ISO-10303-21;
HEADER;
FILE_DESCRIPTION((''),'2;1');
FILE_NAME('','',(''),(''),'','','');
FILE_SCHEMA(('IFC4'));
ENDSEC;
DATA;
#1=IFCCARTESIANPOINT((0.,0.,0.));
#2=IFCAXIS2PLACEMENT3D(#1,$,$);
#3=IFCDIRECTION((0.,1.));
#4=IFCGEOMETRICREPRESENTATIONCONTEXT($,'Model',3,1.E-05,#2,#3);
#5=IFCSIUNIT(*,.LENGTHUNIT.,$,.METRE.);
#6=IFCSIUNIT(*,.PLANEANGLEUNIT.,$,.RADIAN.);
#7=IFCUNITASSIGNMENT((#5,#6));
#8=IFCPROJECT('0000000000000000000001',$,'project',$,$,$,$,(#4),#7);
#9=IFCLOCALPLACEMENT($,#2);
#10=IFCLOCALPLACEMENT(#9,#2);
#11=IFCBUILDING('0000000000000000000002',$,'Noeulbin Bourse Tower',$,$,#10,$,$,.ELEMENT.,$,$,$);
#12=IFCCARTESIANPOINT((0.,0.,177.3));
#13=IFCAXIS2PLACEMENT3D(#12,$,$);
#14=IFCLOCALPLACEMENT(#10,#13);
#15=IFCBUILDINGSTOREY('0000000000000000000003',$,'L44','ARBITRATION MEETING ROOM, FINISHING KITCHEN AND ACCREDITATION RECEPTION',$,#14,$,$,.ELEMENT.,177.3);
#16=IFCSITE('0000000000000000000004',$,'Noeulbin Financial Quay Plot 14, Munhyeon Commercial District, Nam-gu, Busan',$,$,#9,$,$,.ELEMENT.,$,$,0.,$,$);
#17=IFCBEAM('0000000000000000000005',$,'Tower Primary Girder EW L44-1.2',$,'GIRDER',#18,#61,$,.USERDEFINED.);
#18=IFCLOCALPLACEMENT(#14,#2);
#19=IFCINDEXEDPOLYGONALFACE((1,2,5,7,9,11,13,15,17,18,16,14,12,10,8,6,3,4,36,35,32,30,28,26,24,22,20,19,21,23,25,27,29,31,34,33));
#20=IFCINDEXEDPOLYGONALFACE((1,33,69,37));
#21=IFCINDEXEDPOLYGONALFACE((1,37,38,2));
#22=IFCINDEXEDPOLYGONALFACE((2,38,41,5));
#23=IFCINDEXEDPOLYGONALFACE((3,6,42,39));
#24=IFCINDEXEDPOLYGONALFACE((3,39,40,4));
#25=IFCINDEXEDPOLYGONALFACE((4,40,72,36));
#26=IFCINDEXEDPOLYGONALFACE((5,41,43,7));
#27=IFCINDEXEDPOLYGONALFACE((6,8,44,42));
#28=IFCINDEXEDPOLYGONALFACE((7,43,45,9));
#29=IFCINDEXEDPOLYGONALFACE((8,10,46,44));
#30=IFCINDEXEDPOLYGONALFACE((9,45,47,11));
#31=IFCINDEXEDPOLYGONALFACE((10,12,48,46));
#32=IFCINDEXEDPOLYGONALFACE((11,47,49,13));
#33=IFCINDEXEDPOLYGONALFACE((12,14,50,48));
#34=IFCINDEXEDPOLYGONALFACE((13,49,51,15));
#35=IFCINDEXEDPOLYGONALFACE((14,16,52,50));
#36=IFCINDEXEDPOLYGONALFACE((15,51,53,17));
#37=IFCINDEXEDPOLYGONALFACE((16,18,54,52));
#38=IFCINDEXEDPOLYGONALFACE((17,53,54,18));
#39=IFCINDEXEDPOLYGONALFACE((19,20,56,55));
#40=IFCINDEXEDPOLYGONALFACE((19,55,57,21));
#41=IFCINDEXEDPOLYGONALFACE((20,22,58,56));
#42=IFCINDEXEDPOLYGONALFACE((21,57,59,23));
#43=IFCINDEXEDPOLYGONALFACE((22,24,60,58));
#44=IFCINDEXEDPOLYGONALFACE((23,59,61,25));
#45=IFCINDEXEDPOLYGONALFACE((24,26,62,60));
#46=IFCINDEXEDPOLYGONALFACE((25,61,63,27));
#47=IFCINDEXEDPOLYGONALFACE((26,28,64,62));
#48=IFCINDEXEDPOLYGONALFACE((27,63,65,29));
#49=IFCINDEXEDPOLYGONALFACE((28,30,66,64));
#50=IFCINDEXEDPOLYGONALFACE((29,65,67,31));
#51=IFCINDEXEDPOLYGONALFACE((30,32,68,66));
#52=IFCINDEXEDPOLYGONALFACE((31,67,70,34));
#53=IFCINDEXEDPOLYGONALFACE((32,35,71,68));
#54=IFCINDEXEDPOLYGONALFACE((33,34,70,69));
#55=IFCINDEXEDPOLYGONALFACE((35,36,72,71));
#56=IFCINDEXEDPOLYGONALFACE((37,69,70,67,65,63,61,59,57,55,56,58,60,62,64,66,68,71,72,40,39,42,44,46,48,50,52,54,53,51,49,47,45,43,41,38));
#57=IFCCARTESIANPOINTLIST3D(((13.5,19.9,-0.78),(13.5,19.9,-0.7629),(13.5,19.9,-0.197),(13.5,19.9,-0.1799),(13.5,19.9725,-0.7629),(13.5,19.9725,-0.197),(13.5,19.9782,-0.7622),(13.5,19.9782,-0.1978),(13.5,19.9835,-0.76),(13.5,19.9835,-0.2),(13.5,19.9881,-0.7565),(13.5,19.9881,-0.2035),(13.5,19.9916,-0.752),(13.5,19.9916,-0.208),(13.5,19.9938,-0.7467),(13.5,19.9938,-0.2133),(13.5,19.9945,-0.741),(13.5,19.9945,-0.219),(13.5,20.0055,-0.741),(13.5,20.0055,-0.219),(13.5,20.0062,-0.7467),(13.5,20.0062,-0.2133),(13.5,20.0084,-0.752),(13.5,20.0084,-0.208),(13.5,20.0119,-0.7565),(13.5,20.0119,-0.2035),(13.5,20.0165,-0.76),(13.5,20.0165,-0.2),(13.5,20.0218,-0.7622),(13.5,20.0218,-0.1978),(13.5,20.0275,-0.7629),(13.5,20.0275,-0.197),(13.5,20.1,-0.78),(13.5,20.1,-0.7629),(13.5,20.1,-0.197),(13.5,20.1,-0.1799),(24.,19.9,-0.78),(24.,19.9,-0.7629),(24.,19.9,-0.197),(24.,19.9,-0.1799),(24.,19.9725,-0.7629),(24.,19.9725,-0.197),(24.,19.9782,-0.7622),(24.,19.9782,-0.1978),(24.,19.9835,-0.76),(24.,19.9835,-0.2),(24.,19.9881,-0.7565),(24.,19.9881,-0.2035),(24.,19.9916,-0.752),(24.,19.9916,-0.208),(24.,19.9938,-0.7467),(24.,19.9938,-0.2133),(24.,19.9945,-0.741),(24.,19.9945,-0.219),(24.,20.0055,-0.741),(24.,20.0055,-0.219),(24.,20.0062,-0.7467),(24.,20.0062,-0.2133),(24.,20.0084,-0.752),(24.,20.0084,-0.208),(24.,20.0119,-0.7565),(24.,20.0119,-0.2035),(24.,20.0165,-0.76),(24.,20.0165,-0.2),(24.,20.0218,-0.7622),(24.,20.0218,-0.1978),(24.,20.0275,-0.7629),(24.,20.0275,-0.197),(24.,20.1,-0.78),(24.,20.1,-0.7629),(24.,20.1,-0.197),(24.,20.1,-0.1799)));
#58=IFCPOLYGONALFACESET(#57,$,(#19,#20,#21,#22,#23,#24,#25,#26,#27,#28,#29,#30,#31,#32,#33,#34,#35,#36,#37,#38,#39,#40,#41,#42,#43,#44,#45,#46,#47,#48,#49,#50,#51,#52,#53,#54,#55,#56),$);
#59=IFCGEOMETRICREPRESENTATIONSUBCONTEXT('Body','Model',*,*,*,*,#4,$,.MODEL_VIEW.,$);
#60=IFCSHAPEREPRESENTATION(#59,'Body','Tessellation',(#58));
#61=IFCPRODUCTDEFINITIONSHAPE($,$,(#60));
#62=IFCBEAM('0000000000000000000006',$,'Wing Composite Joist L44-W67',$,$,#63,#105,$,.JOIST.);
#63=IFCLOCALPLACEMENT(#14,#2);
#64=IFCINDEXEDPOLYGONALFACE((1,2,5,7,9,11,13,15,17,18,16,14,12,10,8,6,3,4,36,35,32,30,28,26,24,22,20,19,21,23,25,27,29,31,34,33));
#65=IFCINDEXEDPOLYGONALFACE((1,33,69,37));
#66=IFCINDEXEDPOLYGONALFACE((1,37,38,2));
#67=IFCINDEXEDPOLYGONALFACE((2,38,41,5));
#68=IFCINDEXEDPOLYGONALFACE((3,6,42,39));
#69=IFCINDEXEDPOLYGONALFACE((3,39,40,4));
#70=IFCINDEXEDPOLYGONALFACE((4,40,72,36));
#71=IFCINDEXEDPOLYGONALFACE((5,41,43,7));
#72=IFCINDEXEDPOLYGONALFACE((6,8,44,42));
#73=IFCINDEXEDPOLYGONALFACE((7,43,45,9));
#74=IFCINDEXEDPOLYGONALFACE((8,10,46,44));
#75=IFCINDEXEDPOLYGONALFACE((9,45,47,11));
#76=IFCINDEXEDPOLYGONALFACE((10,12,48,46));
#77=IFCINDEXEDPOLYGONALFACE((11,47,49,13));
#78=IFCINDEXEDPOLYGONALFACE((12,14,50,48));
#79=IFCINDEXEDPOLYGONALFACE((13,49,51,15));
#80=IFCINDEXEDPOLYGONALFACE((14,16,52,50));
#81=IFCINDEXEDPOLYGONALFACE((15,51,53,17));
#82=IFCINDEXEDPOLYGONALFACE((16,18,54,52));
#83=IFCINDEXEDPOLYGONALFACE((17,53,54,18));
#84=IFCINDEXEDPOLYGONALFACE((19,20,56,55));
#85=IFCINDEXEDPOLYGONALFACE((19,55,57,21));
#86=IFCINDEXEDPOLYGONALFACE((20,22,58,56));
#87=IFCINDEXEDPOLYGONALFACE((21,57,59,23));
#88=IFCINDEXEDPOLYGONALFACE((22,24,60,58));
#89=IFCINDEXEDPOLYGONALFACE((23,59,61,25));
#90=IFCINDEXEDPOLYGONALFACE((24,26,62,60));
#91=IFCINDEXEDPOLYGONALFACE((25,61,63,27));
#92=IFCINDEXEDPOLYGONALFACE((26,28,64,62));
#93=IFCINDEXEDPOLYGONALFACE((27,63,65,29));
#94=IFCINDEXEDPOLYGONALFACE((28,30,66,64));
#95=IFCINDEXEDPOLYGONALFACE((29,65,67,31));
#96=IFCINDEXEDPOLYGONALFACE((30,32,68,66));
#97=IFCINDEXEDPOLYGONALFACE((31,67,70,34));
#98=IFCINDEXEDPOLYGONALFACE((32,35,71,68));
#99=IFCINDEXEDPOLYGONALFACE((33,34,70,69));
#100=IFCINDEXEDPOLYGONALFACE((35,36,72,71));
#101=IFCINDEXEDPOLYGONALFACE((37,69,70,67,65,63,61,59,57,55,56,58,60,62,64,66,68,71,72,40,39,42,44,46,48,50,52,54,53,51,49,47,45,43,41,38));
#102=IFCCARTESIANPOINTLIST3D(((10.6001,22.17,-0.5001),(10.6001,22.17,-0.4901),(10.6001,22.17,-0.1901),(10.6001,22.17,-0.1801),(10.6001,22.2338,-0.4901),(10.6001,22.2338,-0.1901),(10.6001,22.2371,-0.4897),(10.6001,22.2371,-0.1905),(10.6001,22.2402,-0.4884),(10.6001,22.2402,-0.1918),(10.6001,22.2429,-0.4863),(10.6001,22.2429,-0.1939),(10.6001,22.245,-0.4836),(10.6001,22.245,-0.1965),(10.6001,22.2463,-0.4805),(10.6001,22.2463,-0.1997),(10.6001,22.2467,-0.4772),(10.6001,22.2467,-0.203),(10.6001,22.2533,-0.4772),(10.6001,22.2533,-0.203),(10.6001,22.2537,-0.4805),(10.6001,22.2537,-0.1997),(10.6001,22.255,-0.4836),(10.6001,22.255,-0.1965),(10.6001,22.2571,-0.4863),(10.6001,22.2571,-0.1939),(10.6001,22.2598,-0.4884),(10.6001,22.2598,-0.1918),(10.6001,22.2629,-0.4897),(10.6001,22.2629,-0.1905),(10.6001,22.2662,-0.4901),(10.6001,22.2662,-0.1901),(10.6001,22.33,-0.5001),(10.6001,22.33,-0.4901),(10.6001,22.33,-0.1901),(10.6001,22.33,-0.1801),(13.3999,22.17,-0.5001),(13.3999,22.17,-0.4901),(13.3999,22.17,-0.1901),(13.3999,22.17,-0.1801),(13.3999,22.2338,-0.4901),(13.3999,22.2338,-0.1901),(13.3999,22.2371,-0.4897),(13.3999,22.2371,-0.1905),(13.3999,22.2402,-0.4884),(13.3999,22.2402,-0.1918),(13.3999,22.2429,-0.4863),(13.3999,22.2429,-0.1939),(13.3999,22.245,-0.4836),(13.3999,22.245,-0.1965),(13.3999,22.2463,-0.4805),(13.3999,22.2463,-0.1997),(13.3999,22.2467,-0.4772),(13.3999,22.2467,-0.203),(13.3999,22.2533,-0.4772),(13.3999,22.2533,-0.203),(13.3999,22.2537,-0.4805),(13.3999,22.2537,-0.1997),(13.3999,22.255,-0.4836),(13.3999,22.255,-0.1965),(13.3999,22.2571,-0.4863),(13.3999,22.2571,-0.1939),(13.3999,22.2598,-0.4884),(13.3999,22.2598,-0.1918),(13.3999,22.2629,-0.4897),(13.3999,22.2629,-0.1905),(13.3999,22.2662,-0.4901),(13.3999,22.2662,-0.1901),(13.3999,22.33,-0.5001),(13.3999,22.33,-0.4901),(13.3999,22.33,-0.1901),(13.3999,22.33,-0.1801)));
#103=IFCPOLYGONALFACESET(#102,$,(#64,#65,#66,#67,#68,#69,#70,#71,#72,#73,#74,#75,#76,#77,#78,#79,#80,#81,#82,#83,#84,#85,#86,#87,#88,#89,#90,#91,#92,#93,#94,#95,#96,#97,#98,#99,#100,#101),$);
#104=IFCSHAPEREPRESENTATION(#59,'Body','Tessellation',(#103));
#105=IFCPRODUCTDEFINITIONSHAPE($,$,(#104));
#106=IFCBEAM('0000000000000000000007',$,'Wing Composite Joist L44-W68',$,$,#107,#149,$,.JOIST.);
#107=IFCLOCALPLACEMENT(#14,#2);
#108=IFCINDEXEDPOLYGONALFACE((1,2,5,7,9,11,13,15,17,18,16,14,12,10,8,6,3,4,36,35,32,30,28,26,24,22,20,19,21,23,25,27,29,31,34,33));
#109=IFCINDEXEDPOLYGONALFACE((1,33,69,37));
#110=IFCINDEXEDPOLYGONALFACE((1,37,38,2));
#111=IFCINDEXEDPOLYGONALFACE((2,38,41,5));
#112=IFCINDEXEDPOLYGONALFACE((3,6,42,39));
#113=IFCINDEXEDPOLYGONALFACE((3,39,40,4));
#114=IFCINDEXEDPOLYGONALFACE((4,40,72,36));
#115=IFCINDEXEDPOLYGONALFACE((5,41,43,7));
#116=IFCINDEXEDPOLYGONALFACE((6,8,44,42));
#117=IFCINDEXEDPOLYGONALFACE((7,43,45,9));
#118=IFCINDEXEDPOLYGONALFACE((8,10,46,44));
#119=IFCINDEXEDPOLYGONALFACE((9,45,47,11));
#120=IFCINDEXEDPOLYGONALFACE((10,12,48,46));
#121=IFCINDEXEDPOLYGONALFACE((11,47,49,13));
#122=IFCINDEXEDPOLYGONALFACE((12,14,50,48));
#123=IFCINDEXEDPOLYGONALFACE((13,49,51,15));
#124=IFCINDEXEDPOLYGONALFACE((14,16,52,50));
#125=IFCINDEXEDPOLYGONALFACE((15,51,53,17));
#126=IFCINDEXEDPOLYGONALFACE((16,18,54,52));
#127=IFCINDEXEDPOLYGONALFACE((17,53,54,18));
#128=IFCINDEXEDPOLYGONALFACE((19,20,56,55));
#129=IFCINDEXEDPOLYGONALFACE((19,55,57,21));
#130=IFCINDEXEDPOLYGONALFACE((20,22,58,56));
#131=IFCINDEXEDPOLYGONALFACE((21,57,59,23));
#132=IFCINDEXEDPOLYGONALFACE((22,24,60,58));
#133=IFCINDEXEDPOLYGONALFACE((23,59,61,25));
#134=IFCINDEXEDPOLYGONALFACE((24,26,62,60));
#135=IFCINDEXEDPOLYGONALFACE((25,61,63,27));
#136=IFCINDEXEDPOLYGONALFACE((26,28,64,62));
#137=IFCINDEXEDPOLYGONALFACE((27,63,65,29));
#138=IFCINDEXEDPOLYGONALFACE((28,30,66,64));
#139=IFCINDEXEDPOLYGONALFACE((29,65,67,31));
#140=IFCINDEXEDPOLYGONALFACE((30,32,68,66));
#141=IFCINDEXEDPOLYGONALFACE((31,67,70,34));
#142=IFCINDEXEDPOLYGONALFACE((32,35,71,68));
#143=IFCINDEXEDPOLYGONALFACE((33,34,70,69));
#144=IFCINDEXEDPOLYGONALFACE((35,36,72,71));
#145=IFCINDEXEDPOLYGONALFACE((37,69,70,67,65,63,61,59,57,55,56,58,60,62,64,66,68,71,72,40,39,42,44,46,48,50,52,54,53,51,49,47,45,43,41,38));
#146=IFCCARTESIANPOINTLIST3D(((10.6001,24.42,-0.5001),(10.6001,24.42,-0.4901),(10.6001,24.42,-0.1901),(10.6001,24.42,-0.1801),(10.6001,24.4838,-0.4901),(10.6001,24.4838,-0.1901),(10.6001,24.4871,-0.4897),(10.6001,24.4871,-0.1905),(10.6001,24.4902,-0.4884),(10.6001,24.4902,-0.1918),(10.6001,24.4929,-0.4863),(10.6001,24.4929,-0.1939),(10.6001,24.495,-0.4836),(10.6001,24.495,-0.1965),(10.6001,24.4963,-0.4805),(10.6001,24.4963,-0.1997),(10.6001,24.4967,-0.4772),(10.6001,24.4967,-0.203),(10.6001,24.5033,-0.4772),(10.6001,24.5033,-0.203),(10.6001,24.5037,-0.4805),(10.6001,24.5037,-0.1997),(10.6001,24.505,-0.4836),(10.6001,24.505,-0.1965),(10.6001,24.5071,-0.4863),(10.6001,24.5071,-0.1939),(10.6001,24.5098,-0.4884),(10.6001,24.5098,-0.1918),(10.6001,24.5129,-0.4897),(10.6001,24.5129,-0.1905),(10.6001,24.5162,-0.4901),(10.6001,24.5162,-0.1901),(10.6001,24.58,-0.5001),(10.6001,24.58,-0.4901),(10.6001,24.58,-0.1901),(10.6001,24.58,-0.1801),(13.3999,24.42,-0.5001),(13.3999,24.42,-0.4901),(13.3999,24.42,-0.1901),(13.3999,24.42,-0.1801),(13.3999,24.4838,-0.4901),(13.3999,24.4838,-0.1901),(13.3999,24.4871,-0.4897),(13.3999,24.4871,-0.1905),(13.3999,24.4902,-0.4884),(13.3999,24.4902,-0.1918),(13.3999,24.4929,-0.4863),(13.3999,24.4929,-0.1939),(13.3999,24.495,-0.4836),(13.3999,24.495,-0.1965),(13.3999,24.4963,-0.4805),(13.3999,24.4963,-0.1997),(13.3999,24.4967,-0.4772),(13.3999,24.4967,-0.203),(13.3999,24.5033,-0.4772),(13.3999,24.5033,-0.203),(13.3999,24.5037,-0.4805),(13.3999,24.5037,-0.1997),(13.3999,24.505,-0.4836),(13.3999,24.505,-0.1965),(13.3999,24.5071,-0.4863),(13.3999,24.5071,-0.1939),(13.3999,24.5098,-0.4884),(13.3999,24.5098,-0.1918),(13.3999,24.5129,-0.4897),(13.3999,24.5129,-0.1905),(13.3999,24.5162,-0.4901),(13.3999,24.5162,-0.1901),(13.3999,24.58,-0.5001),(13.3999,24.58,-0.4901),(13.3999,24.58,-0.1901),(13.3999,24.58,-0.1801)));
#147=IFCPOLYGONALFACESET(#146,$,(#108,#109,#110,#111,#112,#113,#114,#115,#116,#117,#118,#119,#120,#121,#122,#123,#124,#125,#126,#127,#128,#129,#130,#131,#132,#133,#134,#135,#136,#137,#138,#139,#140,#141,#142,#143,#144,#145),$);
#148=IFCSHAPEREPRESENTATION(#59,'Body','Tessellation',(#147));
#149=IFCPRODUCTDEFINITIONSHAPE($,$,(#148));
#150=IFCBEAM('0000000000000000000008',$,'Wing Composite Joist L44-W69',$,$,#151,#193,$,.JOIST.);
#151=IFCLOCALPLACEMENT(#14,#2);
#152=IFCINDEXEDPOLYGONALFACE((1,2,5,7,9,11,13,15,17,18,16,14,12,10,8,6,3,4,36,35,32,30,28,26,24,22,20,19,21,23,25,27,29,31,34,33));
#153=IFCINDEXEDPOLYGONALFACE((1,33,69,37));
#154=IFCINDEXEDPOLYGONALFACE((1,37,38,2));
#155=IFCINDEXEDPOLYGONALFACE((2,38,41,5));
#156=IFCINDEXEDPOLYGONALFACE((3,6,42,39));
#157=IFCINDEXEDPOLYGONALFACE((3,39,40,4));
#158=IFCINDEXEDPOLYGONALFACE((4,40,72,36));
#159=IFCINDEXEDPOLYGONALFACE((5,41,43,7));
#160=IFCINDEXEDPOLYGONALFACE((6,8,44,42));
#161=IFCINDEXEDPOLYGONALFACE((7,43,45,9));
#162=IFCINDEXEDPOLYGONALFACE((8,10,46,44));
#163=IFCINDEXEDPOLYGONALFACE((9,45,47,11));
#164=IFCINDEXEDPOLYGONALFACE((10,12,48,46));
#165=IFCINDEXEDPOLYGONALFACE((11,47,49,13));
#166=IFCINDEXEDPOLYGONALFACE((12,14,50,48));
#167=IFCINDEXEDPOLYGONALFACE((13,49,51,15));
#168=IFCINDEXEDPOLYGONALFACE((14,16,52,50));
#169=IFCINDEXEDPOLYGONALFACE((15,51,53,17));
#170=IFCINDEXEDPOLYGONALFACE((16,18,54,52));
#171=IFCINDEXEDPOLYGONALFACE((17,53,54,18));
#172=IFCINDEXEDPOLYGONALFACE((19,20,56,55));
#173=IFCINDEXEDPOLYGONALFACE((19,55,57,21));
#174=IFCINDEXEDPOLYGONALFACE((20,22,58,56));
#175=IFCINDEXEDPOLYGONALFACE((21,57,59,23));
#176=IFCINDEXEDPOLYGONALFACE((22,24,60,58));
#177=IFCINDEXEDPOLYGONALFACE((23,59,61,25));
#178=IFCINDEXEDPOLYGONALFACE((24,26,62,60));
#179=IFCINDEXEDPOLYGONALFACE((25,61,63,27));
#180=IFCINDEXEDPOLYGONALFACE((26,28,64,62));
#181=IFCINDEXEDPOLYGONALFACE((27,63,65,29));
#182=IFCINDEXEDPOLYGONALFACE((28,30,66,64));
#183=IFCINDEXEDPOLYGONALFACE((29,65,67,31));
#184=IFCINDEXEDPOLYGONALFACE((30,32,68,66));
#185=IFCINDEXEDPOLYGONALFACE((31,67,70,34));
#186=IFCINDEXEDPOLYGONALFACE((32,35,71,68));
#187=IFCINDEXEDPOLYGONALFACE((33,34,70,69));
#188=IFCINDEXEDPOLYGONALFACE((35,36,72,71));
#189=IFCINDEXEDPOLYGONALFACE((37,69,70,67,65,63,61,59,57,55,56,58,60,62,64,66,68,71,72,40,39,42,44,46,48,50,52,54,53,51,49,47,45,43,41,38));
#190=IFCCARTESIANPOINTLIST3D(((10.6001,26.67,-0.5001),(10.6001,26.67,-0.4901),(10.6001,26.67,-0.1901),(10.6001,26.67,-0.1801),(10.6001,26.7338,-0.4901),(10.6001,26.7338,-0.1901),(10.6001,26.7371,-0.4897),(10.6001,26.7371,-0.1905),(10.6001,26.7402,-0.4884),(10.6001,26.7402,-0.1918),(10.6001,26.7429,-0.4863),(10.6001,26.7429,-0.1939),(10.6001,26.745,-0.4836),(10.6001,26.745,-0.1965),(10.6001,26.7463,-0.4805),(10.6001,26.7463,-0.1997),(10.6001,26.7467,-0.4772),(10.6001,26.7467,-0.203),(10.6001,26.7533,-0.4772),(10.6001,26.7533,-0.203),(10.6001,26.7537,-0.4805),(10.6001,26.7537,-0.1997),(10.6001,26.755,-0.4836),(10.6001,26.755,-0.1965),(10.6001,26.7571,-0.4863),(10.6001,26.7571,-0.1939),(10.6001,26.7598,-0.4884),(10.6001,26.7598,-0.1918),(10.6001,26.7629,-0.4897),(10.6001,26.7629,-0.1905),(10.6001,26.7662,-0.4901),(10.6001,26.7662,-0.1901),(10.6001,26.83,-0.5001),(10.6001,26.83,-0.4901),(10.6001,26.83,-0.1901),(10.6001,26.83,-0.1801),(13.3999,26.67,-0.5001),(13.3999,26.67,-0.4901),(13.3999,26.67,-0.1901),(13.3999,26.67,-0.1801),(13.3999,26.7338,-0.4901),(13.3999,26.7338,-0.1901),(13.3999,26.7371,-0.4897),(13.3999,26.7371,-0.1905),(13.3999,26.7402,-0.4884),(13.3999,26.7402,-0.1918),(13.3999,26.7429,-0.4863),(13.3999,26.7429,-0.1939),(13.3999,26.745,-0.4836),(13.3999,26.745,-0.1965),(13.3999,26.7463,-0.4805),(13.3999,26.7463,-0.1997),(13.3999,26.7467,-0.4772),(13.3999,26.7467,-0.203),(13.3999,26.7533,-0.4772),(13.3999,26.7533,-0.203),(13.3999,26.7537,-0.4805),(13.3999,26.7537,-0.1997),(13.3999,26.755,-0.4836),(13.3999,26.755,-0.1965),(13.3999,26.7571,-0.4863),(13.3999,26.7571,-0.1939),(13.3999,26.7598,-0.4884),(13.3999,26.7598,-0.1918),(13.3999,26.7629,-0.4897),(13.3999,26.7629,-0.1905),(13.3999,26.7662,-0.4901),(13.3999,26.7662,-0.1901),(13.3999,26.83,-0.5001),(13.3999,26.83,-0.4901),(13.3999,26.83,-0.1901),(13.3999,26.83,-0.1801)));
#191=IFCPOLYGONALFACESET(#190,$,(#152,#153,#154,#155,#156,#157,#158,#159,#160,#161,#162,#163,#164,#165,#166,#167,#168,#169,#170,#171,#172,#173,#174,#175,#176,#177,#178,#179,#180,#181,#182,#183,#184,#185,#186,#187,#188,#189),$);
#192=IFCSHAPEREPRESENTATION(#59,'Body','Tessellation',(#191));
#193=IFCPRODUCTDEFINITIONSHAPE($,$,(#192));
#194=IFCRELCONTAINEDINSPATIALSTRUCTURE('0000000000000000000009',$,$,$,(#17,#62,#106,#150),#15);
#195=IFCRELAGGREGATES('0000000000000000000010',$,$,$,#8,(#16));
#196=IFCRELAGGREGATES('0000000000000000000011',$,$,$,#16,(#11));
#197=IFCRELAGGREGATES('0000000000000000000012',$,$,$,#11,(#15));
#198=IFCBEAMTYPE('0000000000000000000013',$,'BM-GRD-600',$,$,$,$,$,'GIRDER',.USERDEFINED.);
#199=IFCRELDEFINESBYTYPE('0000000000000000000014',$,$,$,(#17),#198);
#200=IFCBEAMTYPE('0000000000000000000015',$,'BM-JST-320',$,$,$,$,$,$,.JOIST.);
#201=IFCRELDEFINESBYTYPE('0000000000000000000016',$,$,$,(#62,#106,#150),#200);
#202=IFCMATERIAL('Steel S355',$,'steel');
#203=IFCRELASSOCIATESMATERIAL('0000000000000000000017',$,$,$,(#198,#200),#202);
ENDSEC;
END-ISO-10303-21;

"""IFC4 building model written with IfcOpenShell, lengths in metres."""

from ifc_helpers import new_model, si_unit, direction, frame, origin, origin_2d, place, context, subcontext, project, spatial, i_section, extrude, material, material_profile, profile_set, type_object, element, save


model = new_model("IFC4")

# Units and contexts
model_context = context("Model", 3, precision=1e-05, world=origin(), true_north=direction((0.0, 1.0)))
body_context = subcontext(model_context, "Body", "Model", "MODEL_VIEW")
ifc_project = project(units=[si_unit("LENGTHUNIT", "METRE"), si_unit("PLANEANGLEUNIT", "RADIAN")], contexts=[model_context])

# Site, building, storey
site_placement = place(None, origin())
site = spatial("IfcSite", under=ifc_project, at=site_placement, Name="Noeulbin Financial Quay Plot 14, Munhyeon Commercial District, Nam-gu, Busan", CompositionType="ELEMENT", RefElevation=0.0)
building_placement = place(site_placement, origin())
building = spatial("IfcBuilding", under=site, at=building_placement, Name="Noeulbin Bourse Tower", CompositionType="ELEMENT")
storey_placement = place(building_placement, frame((0.0, 0.0, 177.3)))
storey = spatial("IfcBuildingStorey", under=building, at=storey_placement, Name="L44", Description="ARBITRATION MEETING ROOM, FINISHING KITCHEN AND ACCREDITATION RECEPTION", CompositionType="ELEMENT", Elevation=177.3)

# Shared definitions
ifc_material_1 = material(Name="Steel S355", Category="steel")

# Beams
ifc_material_profile_1 = material_profile(ifc_material_1, i_section(OverallWidth=0.2, OverallDepth=0.6001, WebThickness=0.011, FlangeThickness=0.0171, FilletRadius=0.022, at=origin_2d()), Name="H-600x200x11x17", Category="LoadBearing")
ifc_profile_set_1 = profile_set([ifc_material_profile_1], Name="Steel S355")
beam_type_1 = type_object("IfcBeamType", Name="BM-GRD-600", ElementType="GIRDER", PredefinedType="USERDEFINED", material=ifc_profile_set_1)
beam_1_placement = place(storey_placement, frame((13.5, 20.0, -0.48), z_axis=(1.0, 0.0, 0.0), x_axis=(0.0, 1.0, 0.0)))
element("IfcBeam", 1, at=beam_1_placement, inside=storey, type_object=beam_type_1, Name="Tower Primary Girder EW L44-1.2", ObjectType="GIRDER", PredefinedType="USERDEFINED", context=body_context, shape_type="SweptSolid", body=[
    extrude(i_section(OverallWidth=0.2, OverallDepth=0.6001, WebThickness=0.011, FlangeThickness=0.0171, FilletRadius=0.022, at=origin_2d()), origin(), (0.0, 0.0, 1.0), 10.5),
])
ifc_material_profile_2 = material_profile(ifc_material_1, i_section(OverallWidth=0.1599, OverallDepth=0.3201, WebThickness=0.0066, FlangeThickness=0.01, FilletRadius=0.0129, at=origin_2d()), Name="H-320x160x6.5x10", Category="LoadBearing")
ifc_profile_set_2 = profile_set([ifc_material_profile_2], Name="Steel S355")
beam_type_2 = type_object("IfcBeamType", Name="BM-JST-320", PredefinedType="JOIST", material=ifc_profile_set_2)
for number, where, z_axis, x_axis, name in (
    (2, (10.6001, 22.25, -0.3401), (1.0, 0.0, 0.0), (0.0, 1.0, 0.0), "Wing Composite Joist L44-W67"),
    (3, (10.6001, 24.5, -0.3401), (1.0, 0.0, 0.0), (0.0, 1.0, 0.0), "Wing Composite Joist L44-W68"),
    (4, (10.6001, 26.75, -0.3401), (1.0, 0.0, 0.0), (0.0, 1.0, 0.0), "Wing Composite Joist L44-W69"),
):
    element("IfcBeam", number, at=place(storey_placement, frame(where, z_axis=z_axis, x_axis=x_axis)), inside=storey, type_object=beam_type_2, Name=name, PredefinedType="JOIST", context=body_context, shape_type="SweptSolid", body=[
        extrude(i_section(OverallWidth=0.1599, OverallDepth=0.3201, WebThickness=0.0066, FlangeThickness=0.01, FilletRadius=0.0129, at=origin_2d()), origin(), (0.0, 0.0, 1.0), 2.7998),
    ])

save(model, "model.ifc")
